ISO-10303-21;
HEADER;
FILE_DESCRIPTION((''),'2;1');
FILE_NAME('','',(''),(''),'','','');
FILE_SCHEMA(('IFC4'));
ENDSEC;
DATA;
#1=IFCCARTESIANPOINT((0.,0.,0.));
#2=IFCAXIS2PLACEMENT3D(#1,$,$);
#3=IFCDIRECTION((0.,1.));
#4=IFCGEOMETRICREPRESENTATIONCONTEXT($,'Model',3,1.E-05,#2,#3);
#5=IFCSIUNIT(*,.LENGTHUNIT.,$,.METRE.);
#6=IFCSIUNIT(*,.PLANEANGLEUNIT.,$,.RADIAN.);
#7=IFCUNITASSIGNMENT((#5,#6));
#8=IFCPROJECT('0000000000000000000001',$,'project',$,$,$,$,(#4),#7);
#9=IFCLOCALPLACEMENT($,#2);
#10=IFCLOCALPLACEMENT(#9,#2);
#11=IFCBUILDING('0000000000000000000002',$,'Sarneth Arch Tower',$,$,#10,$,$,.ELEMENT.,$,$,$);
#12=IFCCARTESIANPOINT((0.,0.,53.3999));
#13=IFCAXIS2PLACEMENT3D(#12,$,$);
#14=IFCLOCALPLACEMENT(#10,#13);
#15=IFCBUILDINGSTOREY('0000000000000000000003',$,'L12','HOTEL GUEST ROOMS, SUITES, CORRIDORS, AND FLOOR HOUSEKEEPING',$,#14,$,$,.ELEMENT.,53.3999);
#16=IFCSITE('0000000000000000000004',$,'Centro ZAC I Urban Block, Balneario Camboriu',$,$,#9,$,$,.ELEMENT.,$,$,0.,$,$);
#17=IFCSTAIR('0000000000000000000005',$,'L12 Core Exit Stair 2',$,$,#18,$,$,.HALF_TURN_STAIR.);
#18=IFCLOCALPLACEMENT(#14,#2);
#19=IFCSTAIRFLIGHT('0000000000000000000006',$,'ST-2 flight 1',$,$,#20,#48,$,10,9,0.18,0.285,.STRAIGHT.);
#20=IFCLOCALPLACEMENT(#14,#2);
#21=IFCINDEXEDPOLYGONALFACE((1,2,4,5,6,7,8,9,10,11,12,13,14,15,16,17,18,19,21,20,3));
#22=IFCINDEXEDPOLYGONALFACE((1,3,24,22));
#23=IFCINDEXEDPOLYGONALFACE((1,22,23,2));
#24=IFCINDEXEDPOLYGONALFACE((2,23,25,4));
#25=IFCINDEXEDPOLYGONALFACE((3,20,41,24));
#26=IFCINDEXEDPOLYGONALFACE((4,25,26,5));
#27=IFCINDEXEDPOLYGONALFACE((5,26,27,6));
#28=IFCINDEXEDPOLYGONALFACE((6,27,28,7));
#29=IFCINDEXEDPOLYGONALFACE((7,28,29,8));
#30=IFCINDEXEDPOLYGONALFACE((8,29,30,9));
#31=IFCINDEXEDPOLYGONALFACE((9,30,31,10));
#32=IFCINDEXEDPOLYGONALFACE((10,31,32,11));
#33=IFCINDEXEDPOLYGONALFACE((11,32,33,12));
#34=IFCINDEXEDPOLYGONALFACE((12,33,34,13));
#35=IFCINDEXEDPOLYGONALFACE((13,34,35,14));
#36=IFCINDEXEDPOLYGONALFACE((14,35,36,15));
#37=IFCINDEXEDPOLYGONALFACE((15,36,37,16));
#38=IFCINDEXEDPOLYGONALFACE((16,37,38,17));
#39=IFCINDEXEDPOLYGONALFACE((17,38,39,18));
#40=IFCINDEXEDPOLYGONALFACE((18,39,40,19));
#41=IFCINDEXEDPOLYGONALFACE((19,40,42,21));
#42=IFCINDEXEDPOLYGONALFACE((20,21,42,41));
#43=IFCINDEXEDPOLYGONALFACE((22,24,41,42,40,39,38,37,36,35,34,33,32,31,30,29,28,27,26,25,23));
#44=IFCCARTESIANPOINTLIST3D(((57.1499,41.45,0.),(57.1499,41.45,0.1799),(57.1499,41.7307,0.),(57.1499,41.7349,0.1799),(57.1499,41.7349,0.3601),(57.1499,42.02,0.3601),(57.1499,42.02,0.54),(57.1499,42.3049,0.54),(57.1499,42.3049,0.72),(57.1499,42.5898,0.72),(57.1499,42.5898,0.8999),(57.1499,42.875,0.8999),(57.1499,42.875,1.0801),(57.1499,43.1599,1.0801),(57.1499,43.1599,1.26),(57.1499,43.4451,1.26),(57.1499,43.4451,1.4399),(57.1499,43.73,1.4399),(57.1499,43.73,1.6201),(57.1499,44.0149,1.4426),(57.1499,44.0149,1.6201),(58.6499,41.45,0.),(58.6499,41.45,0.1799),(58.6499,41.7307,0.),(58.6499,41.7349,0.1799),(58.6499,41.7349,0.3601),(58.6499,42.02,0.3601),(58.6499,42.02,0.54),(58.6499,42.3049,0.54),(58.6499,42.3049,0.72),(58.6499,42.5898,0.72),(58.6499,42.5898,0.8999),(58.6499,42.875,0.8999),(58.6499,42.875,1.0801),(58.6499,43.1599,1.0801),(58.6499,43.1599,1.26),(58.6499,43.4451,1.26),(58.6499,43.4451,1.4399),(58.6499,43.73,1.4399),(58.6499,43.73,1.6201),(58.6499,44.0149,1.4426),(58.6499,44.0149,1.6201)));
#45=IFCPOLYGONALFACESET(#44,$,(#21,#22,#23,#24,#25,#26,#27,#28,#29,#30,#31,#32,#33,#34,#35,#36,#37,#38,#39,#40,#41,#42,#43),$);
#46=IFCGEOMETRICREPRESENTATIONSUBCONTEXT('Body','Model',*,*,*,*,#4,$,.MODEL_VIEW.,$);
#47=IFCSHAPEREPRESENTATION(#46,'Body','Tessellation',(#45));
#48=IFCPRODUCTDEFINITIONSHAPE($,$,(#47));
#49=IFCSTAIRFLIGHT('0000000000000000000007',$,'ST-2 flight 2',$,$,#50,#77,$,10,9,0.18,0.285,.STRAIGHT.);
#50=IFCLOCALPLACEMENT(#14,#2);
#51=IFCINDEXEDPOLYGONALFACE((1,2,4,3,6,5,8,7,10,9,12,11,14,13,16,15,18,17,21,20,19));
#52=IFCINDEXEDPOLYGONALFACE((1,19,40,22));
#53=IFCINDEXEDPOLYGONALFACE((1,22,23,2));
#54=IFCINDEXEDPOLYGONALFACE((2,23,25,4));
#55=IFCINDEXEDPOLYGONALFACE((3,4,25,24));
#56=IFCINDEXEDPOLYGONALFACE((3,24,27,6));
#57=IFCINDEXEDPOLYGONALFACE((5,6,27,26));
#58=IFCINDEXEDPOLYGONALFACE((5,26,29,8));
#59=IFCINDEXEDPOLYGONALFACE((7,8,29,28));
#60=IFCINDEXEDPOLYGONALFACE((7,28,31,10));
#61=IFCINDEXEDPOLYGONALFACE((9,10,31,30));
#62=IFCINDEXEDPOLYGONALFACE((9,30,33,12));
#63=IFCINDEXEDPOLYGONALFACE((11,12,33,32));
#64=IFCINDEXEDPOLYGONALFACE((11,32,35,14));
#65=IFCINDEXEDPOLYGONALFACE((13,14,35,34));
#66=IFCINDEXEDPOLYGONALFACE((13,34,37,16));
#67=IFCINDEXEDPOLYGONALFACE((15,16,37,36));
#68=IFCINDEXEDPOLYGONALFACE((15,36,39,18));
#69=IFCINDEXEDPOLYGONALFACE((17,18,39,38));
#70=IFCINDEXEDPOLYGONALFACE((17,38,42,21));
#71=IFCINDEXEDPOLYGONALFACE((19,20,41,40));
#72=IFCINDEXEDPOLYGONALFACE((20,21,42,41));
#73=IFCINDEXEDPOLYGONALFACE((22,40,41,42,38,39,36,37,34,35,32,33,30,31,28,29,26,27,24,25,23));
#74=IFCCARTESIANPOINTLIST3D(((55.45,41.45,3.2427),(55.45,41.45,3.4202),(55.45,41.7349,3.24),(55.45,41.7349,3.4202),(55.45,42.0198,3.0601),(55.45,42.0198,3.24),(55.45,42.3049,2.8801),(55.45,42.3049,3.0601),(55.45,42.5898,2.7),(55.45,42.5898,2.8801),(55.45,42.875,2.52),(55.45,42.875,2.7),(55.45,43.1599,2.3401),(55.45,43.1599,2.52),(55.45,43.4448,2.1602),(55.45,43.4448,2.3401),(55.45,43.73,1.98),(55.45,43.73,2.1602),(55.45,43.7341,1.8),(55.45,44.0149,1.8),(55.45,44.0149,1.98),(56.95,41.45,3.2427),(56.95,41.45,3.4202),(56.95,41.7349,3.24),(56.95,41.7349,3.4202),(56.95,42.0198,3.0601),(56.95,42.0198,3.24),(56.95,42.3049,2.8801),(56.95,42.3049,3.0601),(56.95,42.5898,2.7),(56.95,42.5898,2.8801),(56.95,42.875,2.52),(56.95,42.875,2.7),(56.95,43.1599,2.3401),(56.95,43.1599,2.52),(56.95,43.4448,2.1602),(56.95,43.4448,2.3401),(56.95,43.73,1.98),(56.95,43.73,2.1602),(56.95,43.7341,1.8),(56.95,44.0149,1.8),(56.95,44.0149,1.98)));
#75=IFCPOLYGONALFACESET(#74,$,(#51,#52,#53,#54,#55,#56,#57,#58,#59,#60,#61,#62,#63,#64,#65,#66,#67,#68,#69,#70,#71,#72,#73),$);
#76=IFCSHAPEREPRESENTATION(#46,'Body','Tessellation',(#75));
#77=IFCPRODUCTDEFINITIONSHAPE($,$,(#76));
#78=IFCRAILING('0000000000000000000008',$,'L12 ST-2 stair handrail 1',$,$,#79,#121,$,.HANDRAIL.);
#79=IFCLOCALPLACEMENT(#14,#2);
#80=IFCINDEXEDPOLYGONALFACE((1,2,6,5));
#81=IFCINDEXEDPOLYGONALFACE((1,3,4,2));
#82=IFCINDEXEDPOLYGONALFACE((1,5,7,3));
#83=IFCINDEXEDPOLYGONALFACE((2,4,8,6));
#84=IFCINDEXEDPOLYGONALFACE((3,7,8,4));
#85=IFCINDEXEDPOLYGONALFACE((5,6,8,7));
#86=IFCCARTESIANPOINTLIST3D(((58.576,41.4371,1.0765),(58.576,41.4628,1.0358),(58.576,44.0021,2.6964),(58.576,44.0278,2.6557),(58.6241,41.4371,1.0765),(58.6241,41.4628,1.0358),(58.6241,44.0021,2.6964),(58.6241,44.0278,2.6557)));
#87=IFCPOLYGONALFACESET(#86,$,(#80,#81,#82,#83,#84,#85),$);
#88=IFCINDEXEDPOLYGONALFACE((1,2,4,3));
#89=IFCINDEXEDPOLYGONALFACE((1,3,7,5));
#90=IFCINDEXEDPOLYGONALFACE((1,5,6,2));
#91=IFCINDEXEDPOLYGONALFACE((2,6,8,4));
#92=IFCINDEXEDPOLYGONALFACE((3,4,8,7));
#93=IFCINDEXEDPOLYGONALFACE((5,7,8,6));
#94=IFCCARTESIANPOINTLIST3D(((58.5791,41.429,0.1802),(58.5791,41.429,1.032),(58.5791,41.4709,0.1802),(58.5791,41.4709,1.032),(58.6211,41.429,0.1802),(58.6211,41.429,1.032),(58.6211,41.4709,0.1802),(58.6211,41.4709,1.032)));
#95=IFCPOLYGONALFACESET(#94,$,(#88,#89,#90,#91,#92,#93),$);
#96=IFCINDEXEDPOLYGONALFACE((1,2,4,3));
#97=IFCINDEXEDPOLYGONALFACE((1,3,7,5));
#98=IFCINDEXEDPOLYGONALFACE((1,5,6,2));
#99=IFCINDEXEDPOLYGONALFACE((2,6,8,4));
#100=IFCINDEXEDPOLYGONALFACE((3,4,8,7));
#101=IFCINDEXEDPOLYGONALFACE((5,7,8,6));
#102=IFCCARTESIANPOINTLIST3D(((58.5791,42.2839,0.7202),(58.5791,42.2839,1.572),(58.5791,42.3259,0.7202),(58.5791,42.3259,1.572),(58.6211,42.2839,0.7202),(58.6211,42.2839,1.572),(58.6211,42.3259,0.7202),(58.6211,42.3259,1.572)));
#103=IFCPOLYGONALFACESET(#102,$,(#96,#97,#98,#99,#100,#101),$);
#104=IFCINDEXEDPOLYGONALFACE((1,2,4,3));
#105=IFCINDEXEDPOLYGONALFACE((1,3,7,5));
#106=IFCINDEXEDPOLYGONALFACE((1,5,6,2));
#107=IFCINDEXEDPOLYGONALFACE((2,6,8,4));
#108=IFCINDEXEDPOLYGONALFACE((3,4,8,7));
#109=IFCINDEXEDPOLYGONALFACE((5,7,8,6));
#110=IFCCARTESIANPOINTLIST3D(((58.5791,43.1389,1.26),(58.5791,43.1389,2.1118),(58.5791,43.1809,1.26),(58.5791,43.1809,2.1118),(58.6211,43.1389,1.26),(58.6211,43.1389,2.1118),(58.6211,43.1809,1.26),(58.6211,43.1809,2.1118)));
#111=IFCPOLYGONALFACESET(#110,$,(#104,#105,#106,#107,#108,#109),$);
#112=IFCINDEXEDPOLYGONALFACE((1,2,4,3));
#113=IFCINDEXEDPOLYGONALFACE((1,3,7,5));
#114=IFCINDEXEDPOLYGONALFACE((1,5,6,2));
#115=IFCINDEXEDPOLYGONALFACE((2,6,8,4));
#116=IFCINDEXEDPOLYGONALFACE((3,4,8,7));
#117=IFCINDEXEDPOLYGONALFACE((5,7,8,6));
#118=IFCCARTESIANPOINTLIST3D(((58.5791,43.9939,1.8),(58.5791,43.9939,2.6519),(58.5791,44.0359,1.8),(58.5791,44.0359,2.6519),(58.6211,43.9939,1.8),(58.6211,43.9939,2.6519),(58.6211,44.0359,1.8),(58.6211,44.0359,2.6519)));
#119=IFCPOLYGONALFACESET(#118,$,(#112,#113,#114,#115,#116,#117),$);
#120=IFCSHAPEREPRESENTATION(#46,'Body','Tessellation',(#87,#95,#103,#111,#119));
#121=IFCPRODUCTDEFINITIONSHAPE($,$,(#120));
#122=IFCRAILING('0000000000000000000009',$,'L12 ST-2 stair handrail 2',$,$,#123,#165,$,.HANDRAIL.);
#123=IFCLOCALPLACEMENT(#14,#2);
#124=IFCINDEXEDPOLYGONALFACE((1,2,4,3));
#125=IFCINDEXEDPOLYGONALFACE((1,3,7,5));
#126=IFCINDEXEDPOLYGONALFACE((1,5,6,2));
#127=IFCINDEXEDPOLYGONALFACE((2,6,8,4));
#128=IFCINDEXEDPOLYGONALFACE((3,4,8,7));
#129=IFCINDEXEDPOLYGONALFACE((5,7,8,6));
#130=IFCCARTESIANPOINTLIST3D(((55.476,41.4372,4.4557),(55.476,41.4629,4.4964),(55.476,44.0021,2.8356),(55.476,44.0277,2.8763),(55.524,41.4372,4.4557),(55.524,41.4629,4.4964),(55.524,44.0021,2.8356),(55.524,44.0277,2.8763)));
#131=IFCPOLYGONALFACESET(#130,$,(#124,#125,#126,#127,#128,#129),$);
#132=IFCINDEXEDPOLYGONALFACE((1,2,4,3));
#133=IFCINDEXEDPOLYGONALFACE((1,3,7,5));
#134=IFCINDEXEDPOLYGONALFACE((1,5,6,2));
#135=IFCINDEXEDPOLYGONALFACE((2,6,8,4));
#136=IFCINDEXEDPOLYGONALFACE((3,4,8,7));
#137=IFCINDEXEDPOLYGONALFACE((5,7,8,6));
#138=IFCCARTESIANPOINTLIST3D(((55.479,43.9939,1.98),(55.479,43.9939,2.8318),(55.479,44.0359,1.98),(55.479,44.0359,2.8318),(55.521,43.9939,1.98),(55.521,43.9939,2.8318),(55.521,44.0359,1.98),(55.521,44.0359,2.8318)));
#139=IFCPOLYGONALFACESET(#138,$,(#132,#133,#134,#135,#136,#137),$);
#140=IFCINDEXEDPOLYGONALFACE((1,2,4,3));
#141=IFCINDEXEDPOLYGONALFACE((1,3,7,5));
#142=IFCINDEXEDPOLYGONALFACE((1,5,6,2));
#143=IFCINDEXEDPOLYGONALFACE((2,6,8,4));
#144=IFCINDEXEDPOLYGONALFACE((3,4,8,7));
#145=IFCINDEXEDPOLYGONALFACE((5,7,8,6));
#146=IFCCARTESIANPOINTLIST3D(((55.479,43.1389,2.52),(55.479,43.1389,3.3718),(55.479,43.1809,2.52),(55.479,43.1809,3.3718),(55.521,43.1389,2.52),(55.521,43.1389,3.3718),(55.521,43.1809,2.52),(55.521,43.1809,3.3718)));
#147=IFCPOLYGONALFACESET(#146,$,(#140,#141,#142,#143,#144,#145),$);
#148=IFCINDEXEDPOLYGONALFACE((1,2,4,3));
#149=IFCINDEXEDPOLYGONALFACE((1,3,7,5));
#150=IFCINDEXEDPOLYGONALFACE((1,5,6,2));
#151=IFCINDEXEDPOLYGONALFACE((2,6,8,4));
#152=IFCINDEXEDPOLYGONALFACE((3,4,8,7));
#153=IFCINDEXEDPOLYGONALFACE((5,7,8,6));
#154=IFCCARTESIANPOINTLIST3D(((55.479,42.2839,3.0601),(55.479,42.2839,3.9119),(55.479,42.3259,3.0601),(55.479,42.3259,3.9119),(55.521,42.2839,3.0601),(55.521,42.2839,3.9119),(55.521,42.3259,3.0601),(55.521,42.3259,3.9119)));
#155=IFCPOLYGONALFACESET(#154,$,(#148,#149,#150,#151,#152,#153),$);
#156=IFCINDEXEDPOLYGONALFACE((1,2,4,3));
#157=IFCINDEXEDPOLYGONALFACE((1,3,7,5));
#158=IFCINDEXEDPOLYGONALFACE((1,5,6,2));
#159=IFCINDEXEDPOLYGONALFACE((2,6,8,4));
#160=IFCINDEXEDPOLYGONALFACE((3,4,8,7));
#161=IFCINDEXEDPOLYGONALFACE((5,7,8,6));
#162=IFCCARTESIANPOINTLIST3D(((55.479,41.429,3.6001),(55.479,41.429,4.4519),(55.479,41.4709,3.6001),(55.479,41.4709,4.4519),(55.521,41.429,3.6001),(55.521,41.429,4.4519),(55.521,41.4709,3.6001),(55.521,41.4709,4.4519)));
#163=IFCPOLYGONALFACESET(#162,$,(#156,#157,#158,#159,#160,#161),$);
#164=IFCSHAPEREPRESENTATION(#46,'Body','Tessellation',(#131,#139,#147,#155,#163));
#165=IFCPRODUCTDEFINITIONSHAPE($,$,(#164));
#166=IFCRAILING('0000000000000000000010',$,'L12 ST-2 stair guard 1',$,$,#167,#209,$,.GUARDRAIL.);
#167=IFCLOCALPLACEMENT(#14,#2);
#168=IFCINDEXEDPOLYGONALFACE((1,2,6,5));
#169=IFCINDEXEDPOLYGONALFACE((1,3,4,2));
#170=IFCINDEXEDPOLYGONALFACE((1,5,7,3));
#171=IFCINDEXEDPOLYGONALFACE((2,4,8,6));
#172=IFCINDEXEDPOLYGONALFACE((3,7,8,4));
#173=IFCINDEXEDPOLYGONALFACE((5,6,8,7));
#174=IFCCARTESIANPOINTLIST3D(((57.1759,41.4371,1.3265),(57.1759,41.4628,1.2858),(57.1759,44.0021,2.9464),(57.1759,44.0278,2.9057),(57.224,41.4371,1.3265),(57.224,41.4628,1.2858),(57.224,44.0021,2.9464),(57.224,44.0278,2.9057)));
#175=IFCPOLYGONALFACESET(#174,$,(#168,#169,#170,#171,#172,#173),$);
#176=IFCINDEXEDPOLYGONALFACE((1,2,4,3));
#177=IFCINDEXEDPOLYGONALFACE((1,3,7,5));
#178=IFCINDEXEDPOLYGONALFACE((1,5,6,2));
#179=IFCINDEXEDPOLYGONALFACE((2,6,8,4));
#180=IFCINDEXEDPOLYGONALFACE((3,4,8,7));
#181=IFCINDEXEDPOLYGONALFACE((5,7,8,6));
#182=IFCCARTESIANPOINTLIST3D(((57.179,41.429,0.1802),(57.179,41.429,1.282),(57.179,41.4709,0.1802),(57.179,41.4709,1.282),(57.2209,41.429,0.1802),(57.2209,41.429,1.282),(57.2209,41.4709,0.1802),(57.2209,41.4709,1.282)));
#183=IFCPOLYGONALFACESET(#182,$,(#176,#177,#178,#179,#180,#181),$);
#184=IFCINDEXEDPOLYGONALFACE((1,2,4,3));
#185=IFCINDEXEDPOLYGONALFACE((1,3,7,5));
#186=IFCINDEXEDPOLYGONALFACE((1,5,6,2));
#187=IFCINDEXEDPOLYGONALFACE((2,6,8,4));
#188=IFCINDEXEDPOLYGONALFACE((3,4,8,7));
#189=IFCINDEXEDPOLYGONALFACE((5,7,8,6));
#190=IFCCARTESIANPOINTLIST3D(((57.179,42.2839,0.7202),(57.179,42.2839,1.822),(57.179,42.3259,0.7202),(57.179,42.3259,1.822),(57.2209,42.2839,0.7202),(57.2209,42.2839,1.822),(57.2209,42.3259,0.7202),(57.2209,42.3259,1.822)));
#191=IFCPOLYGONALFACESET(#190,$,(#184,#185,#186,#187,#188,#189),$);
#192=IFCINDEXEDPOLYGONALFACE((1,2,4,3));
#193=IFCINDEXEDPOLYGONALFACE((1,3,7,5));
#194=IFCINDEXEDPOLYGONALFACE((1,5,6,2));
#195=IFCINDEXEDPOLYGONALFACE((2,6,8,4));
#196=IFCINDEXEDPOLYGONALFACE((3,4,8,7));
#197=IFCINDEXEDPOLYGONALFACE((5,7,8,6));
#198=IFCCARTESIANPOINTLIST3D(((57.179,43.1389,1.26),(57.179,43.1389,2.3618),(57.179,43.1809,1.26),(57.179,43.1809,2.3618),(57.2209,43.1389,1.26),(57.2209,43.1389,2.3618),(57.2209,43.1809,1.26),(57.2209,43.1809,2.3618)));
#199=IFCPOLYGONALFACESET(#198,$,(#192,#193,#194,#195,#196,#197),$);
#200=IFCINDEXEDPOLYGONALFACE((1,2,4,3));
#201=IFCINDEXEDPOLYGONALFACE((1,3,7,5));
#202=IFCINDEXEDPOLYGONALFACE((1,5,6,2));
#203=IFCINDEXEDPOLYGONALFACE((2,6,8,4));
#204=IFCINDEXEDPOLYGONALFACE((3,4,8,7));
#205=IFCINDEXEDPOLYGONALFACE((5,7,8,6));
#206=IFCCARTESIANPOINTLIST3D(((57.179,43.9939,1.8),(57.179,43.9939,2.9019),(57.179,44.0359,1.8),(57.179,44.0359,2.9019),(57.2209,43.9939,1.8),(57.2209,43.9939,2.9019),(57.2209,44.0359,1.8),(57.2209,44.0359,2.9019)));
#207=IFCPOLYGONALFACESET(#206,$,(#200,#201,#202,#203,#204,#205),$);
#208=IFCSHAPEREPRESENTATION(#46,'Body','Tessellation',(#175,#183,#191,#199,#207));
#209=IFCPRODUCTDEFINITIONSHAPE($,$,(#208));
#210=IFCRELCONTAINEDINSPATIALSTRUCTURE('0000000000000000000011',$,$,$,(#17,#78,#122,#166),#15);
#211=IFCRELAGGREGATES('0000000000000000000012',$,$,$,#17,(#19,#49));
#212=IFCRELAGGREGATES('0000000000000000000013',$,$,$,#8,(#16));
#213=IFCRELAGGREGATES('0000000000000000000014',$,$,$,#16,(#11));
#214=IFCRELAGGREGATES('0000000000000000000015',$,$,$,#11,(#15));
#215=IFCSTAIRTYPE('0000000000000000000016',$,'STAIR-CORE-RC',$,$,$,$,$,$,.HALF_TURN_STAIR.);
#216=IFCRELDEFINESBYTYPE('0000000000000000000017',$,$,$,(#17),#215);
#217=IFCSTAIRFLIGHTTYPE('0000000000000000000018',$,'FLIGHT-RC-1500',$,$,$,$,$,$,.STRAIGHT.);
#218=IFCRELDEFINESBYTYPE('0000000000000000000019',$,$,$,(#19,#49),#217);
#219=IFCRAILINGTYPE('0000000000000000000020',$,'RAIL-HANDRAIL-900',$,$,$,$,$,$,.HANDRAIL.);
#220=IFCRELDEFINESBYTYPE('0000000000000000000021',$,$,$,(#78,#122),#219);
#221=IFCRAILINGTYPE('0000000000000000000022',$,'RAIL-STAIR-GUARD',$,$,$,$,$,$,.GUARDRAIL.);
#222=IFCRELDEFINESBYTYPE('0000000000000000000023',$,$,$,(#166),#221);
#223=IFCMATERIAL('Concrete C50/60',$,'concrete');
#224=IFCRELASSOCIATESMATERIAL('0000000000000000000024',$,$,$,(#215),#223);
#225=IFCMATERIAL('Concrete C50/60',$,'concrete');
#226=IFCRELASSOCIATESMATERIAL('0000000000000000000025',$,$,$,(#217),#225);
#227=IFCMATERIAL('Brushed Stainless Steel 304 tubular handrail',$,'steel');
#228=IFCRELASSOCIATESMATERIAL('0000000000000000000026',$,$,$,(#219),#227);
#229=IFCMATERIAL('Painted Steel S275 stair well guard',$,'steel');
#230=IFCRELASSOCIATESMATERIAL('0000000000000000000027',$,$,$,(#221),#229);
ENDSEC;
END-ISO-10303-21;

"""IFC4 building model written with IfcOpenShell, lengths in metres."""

from ifc_helpers import new_model, si_unit, direction, frame, origin, origin_2d, place, context, subcontext, project, spatial, polyline, rectangle, outline, extrude, material, type_object, element, aggregate, save


model = new_model("IFC4")

# Units and contexts
model_context = context("Model", 3, precision=1e-05, world=origin(), true_north=direction((0.0, 1.0)))
body_context = subcontext(model_context, "Body", "Model", "MODEL_VIEW")
ifc_project = project(units=[si_unit("LENGTHUNIT", "METRE"), si_unit("PLANEANGLEUNIT", "RADIAN")], contexts=[model_context])

# Site, building, storey
site_placement = place(None, origin())
site = spatial("IfcSite", under=ifc_project, at=site_placement, Name="Centro ZAC I Urban Block, Balneario Camboriu", CompositionType="ELEMENT", RefElevation=0.0)
building_placement = place(site_placement, origin())
building = spatial("IfcBuilding", under=site, at=building_placement, Name="Sarneth Arch Tower", CompositionType="ELEMENT")
storey_placement = place(building_placement, frame((0.0, 0.0, 53.3999)))
storey = spatial("IfcBuildingStorey", under=building, at=storey_placement, Name="L12", Description="HOTEL GUEST ROOMS, SUITES, CORRIDORS, AND FLOOR HOUSEKEEPING", CompositionType="ELEMENT", Elevation=53.3999)

# Stair, stair flights
ifc_material_1 = material(Name="Concrete C50/60", Category="concrete")
stair_type = type_object("IfcStairType", Name="STAIR-CORE-RC", PredefinedType="HALF_TURN_STAIR", material=ifc_material_1)
stair_placement = place(storey_placement, origin())
stair = element("IfcStair", 1, at=stair_placement, inside=storey, type_object=stair_type, Name="L12 Core Exit Stair 2", PredefinedType="HALF_TURN_STAIR")
ifc_material_2 = material(Name="Concrete C50/60", Category="concrete")
stair_flight_type = type_object("IfcStairFlightType", Name="FLIGHT-RC-1500", PredefinedType="STRAIGHT", material=ifc_material_2)
stair_flight_1_placement = place(storey_placement, frame((57.8999, 41.45, 0.0), z_axis=(0.0, 0.0, 1.0), x_axis=(0.0, 1.0, 0.0)))
stair_flight_1 = element("IfcStairFlight", 2, at=stair_flight_1_placement, type_object=stair_flight_type, Name="ST-2 flight 1", NumberOfRisers=10, NumberOfTreads=9, PredefinedType="STRAIGHT", RiserHeight=0.18, TreadLength=0.285, context=body_context, shape_type="SweptSolid", body=[
    extrude(outline(polyline([(0.0, 0.0), (0.0, 0.1799), (0.2849, 0.1799), (0.2849, 0.3601), (0.5701, 0.3601), (0.5701, 0.54), (0.855, 0.54), (0.855, 0.72), (1.1399, 0.72), (1.1399, 0.8999), (1.425, 0.8999), (1.425, 1.0801), (1.71, 1.0801), (1.71, 1.26), (1.9951, 1.26), (1.9951, 1.4399), (2.28, 1.4399), (2.28, 1.6201), (2.5649, 1.6201), (2.5649, 1.8), (2.5649, 1.4426), (0.2808, 0.0), (0.0, 0.0)])), frame((0.0, 0.75, 0.0), z_axis=(0.0, -1.0, 0.0), x_axis=(1.0, 0.0, 0.0)), (0.0, 0.0, 1.0), 1.5),
])
stair_flight_2_placement = place(storey_placement, frame((56.2, 44.0149, 1.8), z_axis=(0.0, 0.0, 1.0), x_axis=(0.0, -1.0, 0.0)))
stair_flight_2 = element("IfcStairFlight", 3, at=stair_flight_2_placement, type_object=stair_flight_type, Name="ST-2 flight 2", NumberOfRisers=10, NumberOfTreads=9, PredefinedType="STRAIGHT", RiserHeight=0.18, TreadLength=0.285, context=body_context, shape_type="SweptSolid", body=[
    extrude(outline(polyline([(0.0, 0.0), (0.0, 0.1799), (0.2849, 0.1799), (0.2849, 0.3601), (0.5701, 0.3601), (0.5701, 0.54), (0.855, 0.54), (0.855, 0.72), (1.1399, 0.72), (1.1399, 0.8999), (1.425, 0.8999), (1.425, 1.0801), (1.71, 1.0801), (1.71, 1.26), (1.9951, 1.26), (1.9951, 1.4399), (2.28, 1.4399), (2.28, 1.6201), (2.5649, 1.6201), (2.5649, 1.8), (2.5649, 1.4426), (0.2808, 0.0), (0.0, 0.0)])), frame((0.0, 0.75, 0.0), z_axis=(0.0, -1.0, 0.0), x_axis=(1.0, 0.0, 0.0)), (0.0, 0.0, 1.0), 1.5),
])
aggregate(stair, [stair_flight_1, stair_flight_2])

# Railings
ifc_material_3 = material(Name="Brushed Stainless Steel 304 tubular handrail", Category="steel")
railing_type_1 = type_object("IfcRailingType", Name="RAIL-HANDRAIL-900", PredefinedType="HANDRAIL", material=ifc_material_3)
railing_1_placement = place(storey_placement, frame((58.6001, 41.45, 0.1802)))
element("IfcRailing", 4, at=railing_1_placement, inside=storey, type_object=railing_type_1, Name="L12 ST-2 stair handrail 1", PredefinedType="HANDRAIL", context=body_context, shape_type="SweptSolid", body=[
    extrude(rectangle(XDim=0.0481, YDim=0.0481, at=origin_2d()), frame((0.0, 0.0, 0.876), z_axis=(0.0, 0.845502, 0.533972), x_axis=(-1.0, 0.0, 0.0)), (0.0, 0.0, 1.0), 3.0337),
    extrude(rectangle(XDim=0.042, YDim=0.042, at=origin_2d()), origin(), (0.0, 0.0, 1.0), 0.8518),
    extrude(rectangle(XDim=0.042, YDim=0.042, at=origin_2d()), frame((0.0, 0.855, 0.54)), (0.0, 0.0, 1.0), 0.8518),
    extrude(rectangle(XDim=0.042, YDim=0.042, at=origin_2d()), frame((0.0, 1.71, 1.0798)), (0.0, 0.0, 1.0), 0.8518),
    extrude(rectangle(XDim=0.042, YDim=0.042, at=origin_2d()), frame((0.0, 2.5649, 1.6199)), (0.0, 0.0, 1.0), 0.8518),
])
railing_2_placement = place(storey_placement, frame((55.5, 44.0149, 1.98)))
element("IfcRailing", 5, at=railing_2_placement, inside=storey, type_object=railing_type_1, Name="L12 ST-2 stair handrail 2", PredefinedType="HANDRAIL", context=body_context, shape_type="SweptSolid", body=[
    extrude(rectangle(XDim=0.0481, YDim=0.0481, at=origin_2d()), frame((0.0, 0.0, 0.876), z_axis=(0.0, -0.845466, 0.534029), x_axis=(1.0, 0.0, 0.0)), (0.0, 0.0, 1.0), 3.0337),
    extrude(rectangle(XDim=0.042, YDim=0.042, at=origin_2d()), origin(), (0.0, 0.0, 1.0), 0.8518),
    extrude(rectangle(XDim=0.042, YDim=0.042, at=origin_2d()), frame((0.0, -0.855, 0.54)), (0.0, 0.0, 1.0), 0.8518),
    extrude(rectangle(XDim=0.042, YDim=0.042, at=origin_2d()), frame((0.0, -1.71, 1.0801)), (0.0, 0.0, 1.0), 0.8518),
    extrude(rectangle(XDim=0.042, YDim=0.042, at=origin_2d()), frame((0.0, -2.5649, 1.6201)), (0.0, 0.0, 1.0), 0.8518),
])
ifc_material_4 = material(Name="Painted Steel S275 stair well guard", Category="steel")
railing_type_2 = type_object("IfcRailingType", Name="RAIL-STAIR-GUARD", PredefinedType="GUARDRAIL", material=ifc_material_4)
railing_3_placement = place(storey_placement, frame((57.2, 41.45, 0.1802)))
element("IfcRailing", 6, at=railing_3_placement, inside=storey, type_object=railing_type_2, Name="L12 ST-2 stair guard 1", PredefinedType="GUARDRAIL", context=body_context, shape_type="SweptSolid", body=[
    extrude(rectangle(XDim=0.0481, YDim=0.0481, at=origin_2d()), frame((0.0, 0.0, 1.126), z_axis=(0.0, 0.845502, 0.533972), x_axis=(-1.0, 0.0, 0.0)), (0.0, 0.0, 1.0), 3.0337),
    extrude(rectangle(XDim=0.042, YDim=0.042, at=origin_2d()), origin(), (0.0, 0.0, 1.0), 1.1018),
    extrude(rectangle(XDim=0.042, YDim=0.042, at=origin_2d()), frame((0.0, 0.855, 0.54)), (0.0, 0.0, 1.0), 1.1018),
    extrude(rectangle(XDim=0.042, YDim=0.042, at=origin_2d()), frame((0.0, 1.71, 1.0798)), (0.0, 0.0, 1.0), 1.1018),
    extrude(rectangle(XDim=0.042, YDim=0.042, at=origin_2d()), frame((0.0, 2.5649, 1.6199)), (0.0, 0.0, 1.0), 1.1018),
])

save(model, "model.ifc")
